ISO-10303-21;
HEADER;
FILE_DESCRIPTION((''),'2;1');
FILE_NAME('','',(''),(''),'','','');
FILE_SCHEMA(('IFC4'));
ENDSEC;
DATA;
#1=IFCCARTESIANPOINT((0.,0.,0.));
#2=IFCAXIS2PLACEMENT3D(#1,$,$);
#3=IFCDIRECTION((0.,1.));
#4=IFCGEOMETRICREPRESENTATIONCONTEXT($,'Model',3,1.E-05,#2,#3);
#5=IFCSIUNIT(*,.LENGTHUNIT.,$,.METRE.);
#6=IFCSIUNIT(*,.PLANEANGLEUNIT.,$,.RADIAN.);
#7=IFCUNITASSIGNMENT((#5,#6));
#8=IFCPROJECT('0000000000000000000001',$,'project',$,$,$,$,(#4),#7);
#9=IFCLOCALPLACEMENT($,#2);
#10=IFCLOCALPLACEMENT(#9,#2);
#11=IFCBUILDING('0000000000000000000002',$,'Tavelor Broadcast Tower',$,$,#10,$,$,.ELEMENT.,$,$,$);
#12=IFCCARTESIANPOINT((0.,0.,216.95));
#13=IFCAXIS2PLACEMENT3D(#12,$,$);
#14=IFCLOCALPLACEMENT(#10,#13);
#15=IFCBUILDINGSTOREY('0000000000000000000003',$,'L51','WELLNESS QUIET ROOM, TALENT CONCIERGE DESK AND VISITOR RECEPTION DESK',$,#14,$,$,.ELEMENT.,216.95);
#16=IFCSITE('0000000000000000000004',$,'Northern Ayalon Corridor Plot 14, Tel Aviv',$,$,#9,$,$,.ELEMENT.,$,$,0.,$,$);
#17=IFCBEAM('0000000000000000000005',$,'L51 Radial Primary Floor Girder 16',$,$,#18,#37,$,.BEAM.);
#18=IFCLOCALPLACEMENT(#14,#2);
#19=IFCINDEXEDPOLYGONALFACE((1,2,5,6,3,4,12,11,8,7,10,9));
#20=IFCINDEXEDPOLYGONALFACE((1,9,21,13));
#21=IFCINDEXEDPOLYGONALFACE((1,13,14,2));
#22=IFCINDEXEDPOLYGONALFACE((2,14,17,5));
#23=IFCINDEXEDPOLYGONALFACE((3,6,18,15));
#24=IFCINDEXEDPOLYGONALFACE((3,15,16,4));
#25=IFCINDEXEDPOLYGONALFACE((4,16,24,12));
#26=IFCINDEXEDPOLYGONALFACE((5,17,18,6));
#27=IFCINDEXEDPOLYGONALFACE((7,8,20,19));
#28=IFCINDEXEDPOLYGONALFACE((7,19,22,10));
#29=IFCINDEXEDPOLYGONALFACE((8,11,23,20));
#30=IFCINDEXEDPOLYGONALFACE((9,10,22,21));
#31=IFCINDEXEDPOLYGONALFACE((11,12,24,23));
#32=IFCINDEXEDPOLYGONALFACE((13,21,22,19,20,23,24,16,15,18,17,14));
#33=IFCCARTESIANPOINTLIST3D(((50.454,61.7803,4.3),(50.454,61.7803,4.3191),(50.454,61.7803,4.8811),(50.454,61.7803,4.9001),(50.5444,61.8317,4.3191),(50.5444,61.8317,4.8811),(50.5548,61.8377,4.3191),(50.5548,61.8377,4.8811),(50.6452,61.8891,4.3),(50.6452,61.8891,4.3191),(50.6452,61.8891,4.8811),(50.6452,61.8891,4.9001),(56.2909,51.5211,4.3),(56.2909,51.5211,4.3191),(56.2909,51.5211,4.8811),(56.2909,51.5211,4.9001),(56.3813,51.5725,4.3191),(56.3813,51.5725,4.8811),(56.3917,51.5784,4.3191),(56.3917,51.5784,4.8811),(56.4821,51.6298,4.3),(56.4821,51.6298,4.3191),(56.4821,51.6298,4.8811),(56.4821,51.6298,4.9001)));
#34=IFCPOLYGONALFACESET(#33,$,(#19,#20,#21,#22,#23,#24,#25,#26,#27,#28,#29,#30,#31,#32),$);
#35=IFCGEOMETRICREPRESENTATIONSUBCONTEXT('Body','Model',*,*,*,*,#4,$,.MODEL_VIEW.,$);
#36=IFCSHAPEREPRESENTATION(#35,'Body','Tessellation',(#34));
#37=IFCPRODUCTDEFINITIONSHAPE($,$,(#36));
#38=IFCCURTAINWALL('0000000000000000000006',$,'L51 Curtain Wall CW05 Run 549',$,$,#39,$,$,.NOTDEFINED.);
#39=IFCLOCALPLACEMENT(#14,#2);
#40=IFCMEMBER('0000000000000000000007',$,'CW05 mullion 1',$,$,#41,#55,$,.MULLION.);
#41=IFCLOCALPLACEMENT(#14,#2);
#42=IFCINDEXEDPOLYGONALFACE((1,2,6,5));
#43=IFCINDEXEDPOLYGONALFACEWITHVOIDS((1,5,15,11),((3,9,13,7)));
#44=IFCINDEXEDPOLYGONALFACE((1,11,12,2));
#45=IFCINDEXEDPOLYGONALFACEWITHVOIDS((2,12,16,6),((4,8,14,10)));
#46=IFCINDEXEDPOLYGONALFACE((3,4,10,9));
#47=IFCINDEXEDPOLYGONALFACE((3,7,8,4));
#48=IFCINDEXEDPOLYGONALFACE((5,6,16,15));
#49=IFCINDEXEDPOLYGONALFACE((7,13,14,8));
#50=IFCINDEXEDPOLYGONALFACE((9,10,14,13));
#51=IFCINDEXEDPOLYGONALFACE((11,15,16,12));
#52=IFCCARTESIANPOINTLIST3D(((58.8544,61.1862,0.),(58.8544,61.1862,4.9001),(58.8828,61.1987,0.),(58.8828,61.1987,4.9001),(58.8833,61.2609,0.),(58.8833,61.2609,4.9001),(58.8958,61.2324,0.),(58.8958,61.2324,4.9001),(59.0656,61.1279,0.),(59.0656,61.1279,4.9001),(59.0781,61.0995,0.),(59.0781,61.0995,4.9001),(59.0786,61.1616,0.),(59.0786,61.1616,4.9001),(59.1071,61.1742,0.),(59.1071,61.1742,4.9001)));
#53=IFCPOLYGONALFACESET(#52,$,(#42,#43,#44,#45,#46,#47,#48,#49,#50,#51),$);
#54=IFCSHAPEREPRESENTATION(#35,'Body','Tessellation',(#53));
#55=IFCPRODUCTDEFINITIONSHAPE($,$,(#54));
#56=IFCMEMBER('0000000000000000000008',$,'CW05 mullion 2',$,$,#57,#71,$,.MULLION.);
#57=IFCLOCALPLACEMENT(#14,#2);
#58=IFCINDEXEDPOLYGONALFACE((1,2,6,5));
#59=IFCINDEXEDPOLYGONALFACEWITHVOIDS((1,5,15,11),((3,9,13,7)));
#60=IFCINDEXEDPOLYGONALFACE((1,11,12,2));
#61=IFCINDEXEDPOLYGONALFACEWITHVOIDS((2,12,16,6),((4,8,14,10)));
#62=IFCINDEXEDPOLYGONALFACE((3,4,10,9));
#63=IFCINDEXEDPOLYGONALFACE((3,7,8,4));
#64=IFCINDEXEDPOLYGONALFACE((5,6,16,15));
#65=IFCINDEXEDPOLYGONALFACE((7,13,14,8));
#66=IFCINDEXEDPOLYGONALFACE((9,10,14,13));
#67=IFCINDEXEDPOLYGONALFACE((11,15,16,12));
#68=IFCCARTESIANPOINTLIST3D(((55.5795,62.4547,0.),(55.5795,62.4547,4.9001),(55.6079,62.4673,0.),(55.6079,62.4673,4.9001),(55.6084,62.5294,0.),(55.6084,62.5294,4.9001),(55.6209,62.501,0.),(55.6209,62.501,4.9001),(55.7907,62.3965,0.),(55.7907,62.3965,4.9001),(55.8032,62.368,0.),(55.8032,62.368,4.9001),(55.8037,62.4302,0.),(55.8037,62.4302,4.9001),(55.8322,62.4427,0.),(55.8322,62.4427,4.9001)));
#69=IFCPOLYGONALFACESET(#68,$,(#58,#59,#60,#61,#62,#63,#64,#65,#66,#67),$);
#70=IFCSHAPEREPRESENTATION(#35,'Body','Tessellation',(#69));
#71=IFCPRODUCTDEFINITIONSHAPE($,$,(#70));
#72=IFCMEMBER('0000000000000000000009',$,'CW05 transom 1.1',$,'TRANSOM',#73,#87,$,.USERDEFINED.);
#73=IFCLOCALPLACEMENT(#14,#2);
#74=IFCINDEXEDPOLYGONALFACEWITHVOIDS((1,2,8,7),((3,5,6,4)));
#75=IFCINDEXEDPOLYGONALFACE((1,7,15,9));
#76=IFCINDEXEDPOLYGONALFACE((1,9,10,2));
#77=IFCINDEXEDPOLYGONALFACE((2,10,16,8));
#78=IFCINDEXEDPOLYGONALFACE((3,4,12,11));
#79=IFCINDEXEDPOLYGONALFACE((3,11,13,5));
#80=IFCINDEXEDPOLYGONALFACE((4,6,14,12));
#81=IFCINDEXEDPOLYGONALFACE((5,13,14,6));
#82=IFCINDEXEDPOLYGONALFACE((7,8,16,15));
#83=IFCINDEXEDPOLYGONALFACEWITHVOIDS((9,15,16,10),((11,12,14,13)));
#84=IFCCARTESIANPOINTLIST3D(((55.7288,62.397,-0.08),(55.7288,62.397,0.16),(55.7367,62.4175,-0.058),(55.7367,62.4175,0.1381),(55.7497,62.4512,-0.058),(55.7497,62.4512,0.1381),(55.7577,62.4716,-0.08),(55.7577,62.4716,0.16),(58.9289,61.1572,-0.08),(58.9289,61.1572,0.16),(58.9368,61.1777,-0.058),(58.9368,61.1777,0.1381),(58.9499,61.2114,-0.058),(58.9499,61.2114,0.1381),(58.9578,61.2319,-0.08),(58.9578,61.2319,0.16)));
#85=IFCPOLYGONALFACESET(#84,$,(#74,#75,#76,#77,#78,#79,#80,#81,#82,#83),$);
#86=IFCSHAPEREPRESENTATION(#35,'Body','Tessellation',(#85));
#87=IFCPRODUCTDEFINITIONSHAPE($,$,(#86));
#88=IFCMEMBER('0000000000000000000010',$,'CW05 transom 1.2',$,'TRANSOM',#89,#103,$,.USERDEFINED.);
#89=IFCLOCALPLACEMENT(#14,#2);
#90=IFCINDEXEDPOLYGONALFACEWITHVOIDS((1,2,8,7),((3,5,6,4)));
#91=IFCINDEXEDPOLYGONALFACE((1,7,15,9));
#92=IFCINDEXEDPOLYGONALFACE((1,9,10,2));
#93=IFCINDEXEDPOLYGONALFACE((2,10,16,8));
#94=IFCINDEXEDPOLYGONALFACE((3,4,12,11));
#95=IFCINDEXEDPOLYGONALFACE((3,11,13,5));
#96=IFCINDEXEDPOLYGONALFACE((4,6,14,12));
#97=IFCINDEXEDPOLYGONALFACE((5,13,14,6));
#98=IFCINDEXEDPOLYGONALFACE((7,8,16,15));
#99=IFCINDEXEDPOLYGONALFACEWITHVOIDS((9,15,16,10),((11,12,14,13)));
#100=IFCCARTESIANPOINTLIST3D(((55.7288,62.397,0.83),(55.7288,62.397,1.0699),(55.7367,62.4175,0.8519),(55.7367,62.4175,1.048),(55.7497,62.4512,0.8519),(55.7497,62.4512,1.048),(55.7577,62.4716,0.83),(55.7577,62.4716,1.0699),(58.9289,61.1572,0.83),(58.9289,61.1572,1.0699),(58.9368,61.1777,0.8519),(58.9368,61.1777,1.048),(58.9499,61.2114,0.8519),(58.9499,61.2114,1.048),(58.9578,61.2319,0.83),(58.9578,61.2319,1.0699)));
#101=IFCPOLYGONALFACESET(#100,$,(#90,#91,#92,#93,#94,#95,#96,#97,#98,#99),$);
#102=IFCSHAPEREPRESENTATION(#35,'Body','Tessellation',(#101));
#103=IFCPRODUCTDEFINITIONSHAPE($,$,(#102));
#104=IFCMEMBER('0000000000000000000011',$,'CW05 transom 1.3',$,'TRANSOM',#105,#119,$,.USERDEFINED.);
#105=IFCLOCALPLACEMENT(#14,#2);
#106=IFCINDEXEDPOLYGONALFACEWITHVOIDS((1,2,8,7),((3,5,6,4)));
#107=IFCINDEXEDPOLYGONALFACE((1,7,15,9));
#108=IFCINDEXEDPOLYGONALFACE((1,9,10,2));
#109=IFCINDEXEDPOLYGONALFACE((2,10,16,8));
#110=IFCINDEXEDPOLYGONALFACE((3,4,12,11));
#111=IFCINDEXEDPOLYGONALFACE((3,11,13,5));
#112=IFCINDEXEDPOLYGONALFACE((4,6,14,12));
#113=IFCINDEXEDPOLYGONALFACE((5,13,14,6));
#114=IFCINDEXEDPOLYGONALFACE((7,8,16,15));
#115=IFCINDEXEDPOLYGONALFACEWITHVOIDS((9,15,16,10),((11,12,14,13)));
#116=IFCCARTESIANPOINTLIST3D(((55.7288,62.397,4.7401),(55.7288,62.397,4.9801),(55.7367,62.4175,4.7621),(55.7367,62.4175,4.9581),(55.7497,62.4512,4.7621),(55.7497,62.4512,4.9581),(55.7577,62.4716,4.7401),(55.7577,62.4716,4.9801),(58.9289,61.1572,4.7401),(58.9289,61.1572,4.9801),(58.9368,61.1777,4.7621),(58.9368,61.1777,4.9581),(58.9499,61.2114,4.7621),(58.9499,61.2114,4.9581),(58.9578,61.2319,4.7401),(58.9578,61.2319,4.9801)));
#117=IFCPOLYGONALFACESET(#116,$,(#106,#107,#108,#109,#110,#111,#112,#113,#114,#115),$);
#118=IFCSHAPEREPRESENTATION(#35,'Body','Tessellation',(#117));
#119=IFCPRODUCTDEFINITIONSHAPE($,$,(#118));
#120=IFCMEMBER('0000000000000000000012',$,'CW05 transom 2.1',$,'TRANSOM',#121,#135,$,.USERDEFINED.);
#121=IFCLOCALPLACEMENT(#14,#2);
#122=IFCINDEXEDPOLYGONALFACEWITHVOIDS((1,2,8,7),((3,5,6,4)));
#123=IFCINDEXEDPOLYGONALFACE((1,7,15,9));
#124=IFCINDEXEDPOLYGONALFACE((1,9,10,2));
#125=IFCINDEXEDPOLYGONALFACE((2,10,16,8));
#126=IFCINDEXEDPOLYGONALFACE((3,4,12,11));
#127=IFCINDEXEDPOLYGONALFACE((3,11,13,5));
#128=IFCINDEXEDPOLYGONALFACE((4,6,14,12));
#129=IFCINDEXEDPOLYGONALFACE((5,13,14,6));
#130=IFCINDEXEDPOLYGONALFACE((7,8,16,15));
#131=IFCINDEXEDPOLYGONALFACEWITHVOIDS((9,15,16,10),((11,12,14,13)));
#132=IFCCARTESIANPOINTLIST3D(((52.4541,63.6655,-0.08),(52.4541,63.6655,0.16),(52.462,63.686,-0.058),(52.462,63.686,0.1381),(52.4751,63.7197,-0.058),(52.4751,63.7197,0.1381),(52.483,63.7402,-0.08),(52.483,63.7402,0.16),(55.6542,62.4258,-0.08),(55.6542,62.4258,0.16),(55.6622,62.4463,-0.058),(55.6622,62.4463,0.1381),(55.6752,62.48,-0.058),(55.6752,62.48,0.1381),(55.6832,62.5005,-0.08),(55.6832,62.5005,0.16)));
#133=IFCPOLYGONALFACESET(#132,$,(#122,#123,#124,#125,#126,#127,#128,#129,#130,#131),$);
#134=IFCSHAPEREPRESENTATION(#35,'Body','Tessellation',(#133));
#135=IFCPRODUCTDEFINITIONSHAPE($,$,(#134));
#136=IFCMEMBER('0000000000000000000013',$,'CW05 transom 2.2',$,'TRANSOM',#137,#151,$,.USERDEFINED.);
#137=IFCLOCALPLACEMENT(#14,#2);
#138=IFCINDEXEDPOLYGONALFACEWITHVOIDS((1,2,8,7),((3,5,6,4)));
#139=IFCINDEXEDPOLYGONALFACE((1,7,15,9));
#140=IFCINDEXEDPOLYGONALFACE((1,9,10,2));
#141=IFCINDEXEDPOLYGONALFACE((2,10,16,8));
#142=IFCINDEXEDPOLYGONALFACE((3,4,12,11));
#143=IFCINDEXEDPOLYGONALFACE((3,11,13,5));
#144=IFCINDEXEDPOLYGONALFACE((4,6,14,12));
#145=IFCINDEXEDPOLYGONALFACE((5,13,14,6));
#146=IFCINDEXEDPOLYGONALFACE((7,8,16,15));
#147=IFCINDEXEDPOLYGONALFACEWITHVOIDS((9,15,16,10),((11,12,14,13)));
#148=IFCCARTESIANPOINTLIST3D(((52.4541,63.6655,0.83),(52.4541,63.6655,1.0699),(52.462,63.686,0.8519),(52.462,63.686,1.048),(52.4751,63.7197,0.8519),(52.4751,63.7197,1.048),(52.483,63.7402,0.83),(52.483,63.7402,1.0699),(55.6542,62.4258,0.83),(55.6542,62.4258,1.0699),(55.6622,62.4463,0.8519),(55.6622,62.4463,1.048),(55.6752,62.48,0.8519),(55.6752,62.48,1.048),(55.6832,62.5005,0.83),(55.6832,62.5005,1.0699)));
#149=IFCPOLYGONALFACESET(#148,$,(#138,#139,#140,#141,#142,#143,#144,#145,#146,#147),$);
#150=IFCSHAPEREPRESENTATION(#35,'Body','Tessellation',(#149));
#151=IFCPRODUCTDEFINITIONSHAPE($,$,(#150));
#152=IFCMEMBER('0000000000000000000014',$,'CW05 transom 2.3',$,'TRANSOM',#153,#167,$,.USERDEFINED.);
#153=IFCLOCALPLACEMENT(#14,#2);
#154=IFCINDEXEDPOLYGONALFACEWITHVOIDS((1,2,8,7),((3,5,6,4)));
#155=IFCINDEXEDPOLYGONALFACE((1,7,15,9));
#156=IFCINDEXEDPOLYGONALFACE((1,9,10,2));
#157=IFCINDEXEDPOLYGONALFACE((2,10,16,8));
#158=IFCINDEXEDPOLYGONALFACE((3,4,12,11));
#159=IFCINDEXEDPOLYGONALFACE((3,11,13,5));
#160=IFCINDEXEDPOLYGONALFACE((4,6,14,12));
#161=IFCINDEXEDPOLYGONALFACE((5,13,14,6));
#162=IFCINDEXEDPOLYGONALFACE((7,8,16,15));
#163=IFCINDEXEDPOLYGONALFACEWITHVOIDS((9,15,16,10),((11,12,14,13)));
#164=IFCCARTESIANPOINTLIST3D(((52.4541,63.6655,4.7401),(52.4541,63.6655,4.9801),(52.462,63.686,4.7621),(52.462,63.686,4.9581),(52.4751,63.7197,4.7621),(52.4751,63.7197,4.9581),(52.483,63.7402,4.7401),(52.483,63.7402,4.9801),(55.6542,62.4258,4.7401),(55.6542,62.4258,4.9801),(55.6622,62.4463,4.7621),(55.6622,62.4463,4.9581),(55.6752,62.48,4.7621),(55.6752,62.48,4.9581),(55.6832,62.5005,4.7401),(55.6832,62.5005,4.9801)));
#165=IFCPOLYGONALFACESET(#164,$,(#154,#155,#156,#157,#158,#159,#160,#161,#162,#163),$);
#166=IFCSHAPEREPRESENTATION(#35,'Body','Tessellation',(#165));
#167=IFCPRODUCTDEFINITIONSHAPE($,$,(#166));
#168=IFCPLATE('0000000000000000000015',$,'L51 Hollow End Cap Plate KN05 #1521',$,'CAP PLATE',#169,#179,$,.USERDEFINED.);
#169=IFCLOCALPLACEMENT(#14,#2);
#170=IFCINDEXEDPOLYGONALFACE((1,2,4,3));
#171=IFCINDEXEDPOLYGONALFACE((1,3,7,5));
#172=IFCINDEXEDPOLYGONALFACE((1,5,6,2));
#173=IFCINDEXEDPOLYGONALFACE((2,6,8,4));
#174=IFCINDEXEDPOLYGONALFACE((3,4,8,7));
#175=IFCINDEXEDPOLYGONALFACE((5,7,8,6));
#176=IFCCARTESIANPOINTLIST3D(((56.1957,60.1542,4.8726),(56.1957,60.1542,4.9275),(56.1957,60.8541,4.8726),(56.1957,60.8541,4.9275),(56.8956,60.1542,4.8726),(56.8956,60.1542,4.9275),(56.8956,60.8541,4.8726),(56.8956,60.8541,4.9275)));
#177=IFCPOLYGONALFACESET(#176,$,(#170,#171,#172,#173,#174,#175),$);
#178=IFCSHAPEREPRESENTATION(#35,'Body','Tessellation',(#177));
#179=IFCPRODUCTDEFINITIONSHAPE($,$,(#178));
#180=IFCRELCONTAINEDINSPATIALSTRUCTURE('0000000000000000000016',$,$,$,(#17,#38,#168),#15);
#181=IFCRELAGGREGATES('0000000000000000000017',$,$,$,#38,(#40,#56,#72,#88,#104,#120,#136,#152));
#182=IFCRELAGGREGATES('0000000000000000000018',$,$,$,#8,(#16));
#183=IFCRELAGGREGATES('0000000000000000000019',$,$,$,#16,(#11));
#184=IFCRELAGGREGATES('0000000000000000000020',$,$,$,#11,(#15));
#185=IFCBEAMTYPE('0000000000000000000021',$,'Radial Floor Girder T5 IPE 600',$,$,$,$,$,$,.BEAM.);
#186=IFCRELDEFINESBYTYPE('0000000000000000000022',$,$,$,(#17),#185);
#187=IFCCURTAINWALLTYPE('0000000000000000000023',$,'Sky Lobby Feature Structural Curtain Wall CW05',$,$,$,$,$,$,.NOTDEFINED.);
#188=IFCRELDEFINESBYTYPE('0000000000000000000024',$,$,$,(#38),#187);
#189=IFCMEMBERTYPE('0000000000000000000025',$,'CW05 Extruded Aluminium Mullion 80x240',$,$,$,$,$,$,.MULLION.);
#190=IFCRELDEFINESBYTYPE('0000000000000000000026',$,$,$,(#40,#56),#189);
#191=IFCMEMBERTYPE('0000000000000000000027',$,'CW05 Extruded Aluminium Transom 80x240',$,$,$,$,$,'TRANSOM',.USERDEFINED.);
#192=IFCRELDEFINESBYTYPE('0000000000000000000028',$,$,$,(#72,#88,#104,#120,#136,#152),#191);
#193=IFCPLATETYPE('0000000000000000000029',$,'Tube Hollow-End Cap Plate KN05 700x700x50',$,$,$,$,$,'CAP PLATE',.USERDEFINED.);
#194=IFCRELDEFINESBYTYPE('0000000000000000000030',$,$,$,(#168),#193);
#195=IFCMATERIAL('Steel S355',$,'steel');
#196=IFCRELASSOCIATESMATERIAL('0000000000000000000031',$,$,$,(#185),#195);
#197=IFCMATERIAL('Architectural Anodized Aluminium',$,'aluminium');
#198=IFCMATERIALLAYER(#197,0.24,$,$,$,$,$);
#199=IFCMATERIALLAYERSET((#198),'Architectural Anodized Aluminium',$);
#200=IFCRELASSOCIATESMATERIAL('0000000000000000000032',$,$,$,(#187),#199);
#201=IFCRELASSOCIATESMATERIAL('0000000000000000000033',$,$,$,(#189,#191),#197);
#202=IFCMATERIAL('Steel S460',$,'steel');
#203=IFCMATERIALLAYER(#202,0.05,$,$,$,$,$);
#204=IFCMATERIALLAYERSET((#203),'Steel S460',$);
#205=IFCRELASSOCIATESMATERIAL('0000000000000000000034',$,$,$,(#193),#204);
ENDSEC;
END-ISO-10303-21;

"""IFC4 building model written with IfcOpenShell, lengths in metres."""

from ifc_helpers import new_model, si_unit, direction, frame, origin, origin_2d, place, context, subcontext, project, spatial, rectangle, hollow_rectangle, i_section, extrude, source, transform, mapped, material, layer, layer_set, material_profile, profile_set, type_object, type_shapes, element, aggregate, save


model = new_model("IFC4")

# Units and contexts
model_context = context("Model", 3, precision=1e-05, world=origin(), true_north=direction((0.0, 1.0)))
body_context = subcontext(model_context, "Body", "Model", "MODEL_VIEW")
ifc_project = project(units=[si_unit("LENGTHUNIT", "METRE"), si_unit("PLANEANGLEUNIT", "RADIAN")], contexts=[model_context])

# Site, building, storey
site_placement = place(None, origin())
site = spatial("IfcSite", under=ifc_project, at=site_placement, Name="Northern Ayalon Corridor Plot 14, Tel Aviv", CompositionType="ELEMENT", RefElevation=0.0)
building_placement = place(site_placement, origin())
building = spatial("IfcBuilding", under=site, at=building_placement, Name="Tavelor Broadcast Tower", CompositionType="ELEMENT")
storey_placement = place(building_placement, frame((0.0, 0.0, 216.95)))
storey = spatial("IfcBuildingStorey", under=building, at=storey_placement, Name="L51", Description="WELLNESS QUIET ROOM, TALENT CONCIERGE DESK AND VISITOR RECEPTION DESK", CompositionType="ELEMENT", Elevation=216.95)

# Shared definitions
ifc_material_1 = material(Name="Steel S460", Category="steel")

# Beam
ifc_material_2 = material(Name="Steel S355", Category="steel")
ifc_material_profile_1 = material_profile(ifc_material_2, i_section(OverallWidth=0.22, OverallDepth=0.6001, WebThickness=0.012, FlangeThickness=0.019, at=origin_2d()), Name="IPE 600")
ifc_profile_set_1 = profile_set([ifc_material_profile_1], Name="Steel S355")
beam_type_1 = type_object("IfcBeamType", Name="Radial Floor Girder T5 IPE 600", PredefinedType="BEAM", material=ifc_profile_set_1)
beam_1_placement = place(storey_placement, frame((56.3865, 51.5754, 4.6001), z_axis=(-0.494508, 0.869173, 0.0), x_axis=(-0.869173, -0.494508, 0.0)))
element("IfcBeam", 1, at=beam_1_placement, inside=storey, type_object=beam_type_1, Name="L51 Radial Primary Floor Girder 16", PredefinedType="BEAM", context=body_context, shape_type="SweptSolid", body=[
    extrude(i_section(OverallWidth=0.22, OverallDepth=0.6001, WebThickness=0.012, FlangeThickness=0.019, at=origin_2d()), origin(), (0.0, 0.0, 1.0), 11.8035),
])

# Curtain wall, members
ifc_material_3 = material(Name="Architectural Anodized Aluminium", Category="aluminium")
ifc_layer_1 = layer(ifc_material_3, 0.24)
ifc_layer_set_1 = layer_set([ifc_layer_1], Name="Architectural Anodized Aluminium")
curtain_wall_type = type_object("IfcCurtainWallType", Name="Sky Lobby Feature Structural Curtain Wall CW05", PredefinedType="NOTDEFINED", material=ifc_layer_set_1)
curtain_wall_placement = place(storey_placement, origin())
curtain_wall = element("IfcCurtainWall", 2, at=curtain_wall_placement, inside=storey, type_object=curtain_wall_type, Name="L51 Curtain Wall CW05 Run 549", PredefinedType="NOTDEFINED")
ifc_material_profile_2 = material_profile(ifc_material_3, hollow_rectangle(XDim=0.0801, YDim=0.24, WallThickness=0.022, at=origin_2d()), Name="RHS 80x240x22")
ifc_profile_set_2 = profile_set([ifc_material_profile_2], Name="Architectural Anodized Aluminium")
member_type_1 = type_object("IfcMemberType", Name="CW05 Extruded Aluminium Mullion 80x240", PredefinedType="MULLION", material=ifc_profile_set_2)
shared_shape_1 = source(origin(), body_context, "Body", "SweptSolid", [
    extrude(hollow_rectangle(XDim=0.0801, YDim=0.24, WallThickness=0.022, at=origin_2d()), origin(), (0.0, 0.0, 1.0), 4.9001),
])
type_shapes(member_type_1, [shared_shape_1])
member_1_placement = place(storey_placement, frame((58.9807, 61.1802, 0.0), z_axis=(0.0, 0.0, 1.0), x_axis=(-0.361226, -0.932478, 0.0)))
member_1 = element("IfcMember", 3, at=member_1_placement, type_object=member_type_1, Name="CW05 mullion 1", PredefinedType="MULLION", context=body_context, shape_type="MappedRepresentation", body=[
    mapped(shared_shape_1, transform((0.0, 0.0, 0.0), scale=1.0)),
])
member_2_placement = place(storey_placement, frame((55.7058, 62.4487, 0.0), z_axis=(0.0, 0.0, 1.0), x_axis=(-0.361226, -0.932478, 0.0)))
member_2 = element("IfcMember", 4, at=member_2_placement, type_object=member_type_1, Name="CW05 mullion 2", PredefinedType="MULLION", context=body_context, shape_type="MappedRepresentation", body=[
    mapped(shared_shape_1, transform((0.0, 0.0, 0.0), scale=1.0)),
])
ifc_material_profile_3 = material_profile(ifc_material_3, hollow_rectangle(XDim=0.0801, YDim=0.24, WallThickness=0.022, at=origin_2d()), Name="RHS 80x240x22")
ifc_profile_set_3 = profile_set([ifc_material_profile_3], Name="Architectural Anodized Aluminium")
member_type_2 = type_object("IfcMemberType", Name="CW05 Extruded Aluminium Transom 80x240", ElementType="TRANSOM", PredefinedType="USERDEFINED", material=ifc_profile_set_3)
shared_shape_2 = source(origin(), body_context, "Body", "SweptSolid", [
    extrude(hollow_rectangle(XDim=0.0801, YDim=0.24, WallThickness=0.022, at=origin_2d()), origin(), (0.0, 0.0, 1.0), 3.4319),
])
type_shapes(member_type_2, [shared_shape_2])
member_3_placement = place(storey_placement, frame((58.9434, 61.1946, 0.04), z_axis=(-0.932474, 0.361238, 0.0), x_axis=(-0.361238, -0.932474, 0.0)))
member_3 = element("IfcMember", 5, at=member_3_placement, type_object=member_type_2, Name="CW05 transom 1.1", ObjectType="TRANSOM", PredefinedType="USERDEFINED", context=body_context, shape_type="MappedRepresentation", body=[
    mapped(shared_shape_2, transform((0.0, 0.0, 0.0), scale=1.0)),
])
member_4_placement = place(storey_placement, frame((58.9434, 61.1946, 0.95), z_axis=(-0.932474, 0.361238, 0.0), x_axis=(-0.361238, -0.932474, 0.0)))
member_4 = element("IfcMember", 6, at=member_4_placement, type_object=member_type_2, Name="CW05 transom 1.2", ObjectType="TRANSOM", PredefinedType="USERDEFINED", context=body_context, shape_type="MappedRepresentation", body=[
    mapped(shared_shape_2, transform((0.0, 0.0, 0.0), scale=1.0)),
])
member_5_placement = place(storey_placement, frame((58.9434, 61.1946, 4.8601), z_axis=(-0.932474, 0.361238, 0.0), x_axis=(-0.361238, -0.932474, 0.0)))
member_5 = element("IfcMember", 7, at=member_5_placement, type_object=member_type_2, Name="CW05 transom 1.3", ObjectType="TRANSOM", PredefinedType="USERDEFINED", context=body_context, shape_type="MappedRepresentation", body=[
    mapped(shared_shape_2, transform((0.0, 0.0, 0.0), scale=1.0)),
])
member_6_placement = place(storey_placement, frame((55.6687, 62.4631, 0.04), z_axis=(-0.932474, 0.361238, 0.0), x_axis=(-0.361238, -0.932474, 0.0)))
member_6 = element("IfcMember", 8, at=member_6_placement, type_object=member_type_2, Name="CW05 transom 2.1", ObjectType="TRANSOM", PredefinedType="USERDEFINED", context=body_context, shape_type="MappedRepresentation", body=[
    mapped(shared_shape_2, transform((0.0, 0.0, 0.0), scale=1.0)),
])
member_7_placement = place(storey_placement, frame((55.6687, 62.4631, 0.95), z_axis=(-0.932474, 0.361238, 0.0), x_axis=(-0.361238, -0.932474, 0.0)))
member_7 = element("IfcMember", 9, at=member_7_placement, type_object=member_type_2, Name="CW05 transom 2.2", ObjectType="TRANSOM", PredefinedType="USERDEFINED", context=body_context, shape_type="MappedRepresentation", body=[
    mapped(shared_shape_2, transform((0.0, 0.0, 0.0), scale=1.0)),
])
member_8_placement = place(storey_placement, frame((55.6687, 62.4631, 4.8601), z_axis=(-0.932474, 0.361238, 0.0), x_axis=(-0.361238, -0.932474, 0.0)))
member_8 = element("IfcMember", 10, at=member_8_placement, type_object=member_type_2, Name="CW05 transom 2.3", ObjectType="TRANSOM", PredefinedType="USERDEFINED", context=body_context, shape_type="MappedRepresentation", body=[
    mapped(shared_shape_2, transform((0.0, 0.0, 0.0), scale=1.0)),
])

# Plate
ifc_layer_2 = layer(ifc_material_1, 0.05)
ifc_layer_set_2 = layer_set([ifc_layer_2], Name="Steel S460")
plate_type_1 = type_object("IfcPlateType", Name="Tube Hollow-End Cap Plate KN05 700x700x50", ElementType="CAP PLATE", PredefinedType="USERDEFINED", material=ifc_layer_set_2)
shared_shape_3 = source(origin(), body_context, "Body", "SweptSolid", [
    extrude(rectangle(XDim=0.7, YDim=0.7, at=origin_2d()), origin(), (0.0, 0.0, 1.0), 0.0549),
])
type_shapes(plate_type_1, [shared_shape_3])
plate_1_placement = place(storey_placement, frame((56.5457, 60.5042, 4.8726), z_axis=(0.0, 0.0, 1.0), x_axis=(1.0, 0.0, 0.0)))
element("IfcPlate", 11, at=plate_1_placement, inside=storey, type_object=plate_type_1, Name="L51 Hollow End Cap Plate KN05 #1521", ObjectType="CAP PLATE", PredefinedType="USERDEFINED", context=body_context, shape_type="MappedRepresentation", body=[
    mapped(shared_shape_3, transform((0.0, 0.0, 0.0), scale=1.0)),
])
aggregate(curtain_wall, [member_1, member_2, member_3, member_4, member_5, member_6, member_7, member_8])

save(model, "model.ifc")
